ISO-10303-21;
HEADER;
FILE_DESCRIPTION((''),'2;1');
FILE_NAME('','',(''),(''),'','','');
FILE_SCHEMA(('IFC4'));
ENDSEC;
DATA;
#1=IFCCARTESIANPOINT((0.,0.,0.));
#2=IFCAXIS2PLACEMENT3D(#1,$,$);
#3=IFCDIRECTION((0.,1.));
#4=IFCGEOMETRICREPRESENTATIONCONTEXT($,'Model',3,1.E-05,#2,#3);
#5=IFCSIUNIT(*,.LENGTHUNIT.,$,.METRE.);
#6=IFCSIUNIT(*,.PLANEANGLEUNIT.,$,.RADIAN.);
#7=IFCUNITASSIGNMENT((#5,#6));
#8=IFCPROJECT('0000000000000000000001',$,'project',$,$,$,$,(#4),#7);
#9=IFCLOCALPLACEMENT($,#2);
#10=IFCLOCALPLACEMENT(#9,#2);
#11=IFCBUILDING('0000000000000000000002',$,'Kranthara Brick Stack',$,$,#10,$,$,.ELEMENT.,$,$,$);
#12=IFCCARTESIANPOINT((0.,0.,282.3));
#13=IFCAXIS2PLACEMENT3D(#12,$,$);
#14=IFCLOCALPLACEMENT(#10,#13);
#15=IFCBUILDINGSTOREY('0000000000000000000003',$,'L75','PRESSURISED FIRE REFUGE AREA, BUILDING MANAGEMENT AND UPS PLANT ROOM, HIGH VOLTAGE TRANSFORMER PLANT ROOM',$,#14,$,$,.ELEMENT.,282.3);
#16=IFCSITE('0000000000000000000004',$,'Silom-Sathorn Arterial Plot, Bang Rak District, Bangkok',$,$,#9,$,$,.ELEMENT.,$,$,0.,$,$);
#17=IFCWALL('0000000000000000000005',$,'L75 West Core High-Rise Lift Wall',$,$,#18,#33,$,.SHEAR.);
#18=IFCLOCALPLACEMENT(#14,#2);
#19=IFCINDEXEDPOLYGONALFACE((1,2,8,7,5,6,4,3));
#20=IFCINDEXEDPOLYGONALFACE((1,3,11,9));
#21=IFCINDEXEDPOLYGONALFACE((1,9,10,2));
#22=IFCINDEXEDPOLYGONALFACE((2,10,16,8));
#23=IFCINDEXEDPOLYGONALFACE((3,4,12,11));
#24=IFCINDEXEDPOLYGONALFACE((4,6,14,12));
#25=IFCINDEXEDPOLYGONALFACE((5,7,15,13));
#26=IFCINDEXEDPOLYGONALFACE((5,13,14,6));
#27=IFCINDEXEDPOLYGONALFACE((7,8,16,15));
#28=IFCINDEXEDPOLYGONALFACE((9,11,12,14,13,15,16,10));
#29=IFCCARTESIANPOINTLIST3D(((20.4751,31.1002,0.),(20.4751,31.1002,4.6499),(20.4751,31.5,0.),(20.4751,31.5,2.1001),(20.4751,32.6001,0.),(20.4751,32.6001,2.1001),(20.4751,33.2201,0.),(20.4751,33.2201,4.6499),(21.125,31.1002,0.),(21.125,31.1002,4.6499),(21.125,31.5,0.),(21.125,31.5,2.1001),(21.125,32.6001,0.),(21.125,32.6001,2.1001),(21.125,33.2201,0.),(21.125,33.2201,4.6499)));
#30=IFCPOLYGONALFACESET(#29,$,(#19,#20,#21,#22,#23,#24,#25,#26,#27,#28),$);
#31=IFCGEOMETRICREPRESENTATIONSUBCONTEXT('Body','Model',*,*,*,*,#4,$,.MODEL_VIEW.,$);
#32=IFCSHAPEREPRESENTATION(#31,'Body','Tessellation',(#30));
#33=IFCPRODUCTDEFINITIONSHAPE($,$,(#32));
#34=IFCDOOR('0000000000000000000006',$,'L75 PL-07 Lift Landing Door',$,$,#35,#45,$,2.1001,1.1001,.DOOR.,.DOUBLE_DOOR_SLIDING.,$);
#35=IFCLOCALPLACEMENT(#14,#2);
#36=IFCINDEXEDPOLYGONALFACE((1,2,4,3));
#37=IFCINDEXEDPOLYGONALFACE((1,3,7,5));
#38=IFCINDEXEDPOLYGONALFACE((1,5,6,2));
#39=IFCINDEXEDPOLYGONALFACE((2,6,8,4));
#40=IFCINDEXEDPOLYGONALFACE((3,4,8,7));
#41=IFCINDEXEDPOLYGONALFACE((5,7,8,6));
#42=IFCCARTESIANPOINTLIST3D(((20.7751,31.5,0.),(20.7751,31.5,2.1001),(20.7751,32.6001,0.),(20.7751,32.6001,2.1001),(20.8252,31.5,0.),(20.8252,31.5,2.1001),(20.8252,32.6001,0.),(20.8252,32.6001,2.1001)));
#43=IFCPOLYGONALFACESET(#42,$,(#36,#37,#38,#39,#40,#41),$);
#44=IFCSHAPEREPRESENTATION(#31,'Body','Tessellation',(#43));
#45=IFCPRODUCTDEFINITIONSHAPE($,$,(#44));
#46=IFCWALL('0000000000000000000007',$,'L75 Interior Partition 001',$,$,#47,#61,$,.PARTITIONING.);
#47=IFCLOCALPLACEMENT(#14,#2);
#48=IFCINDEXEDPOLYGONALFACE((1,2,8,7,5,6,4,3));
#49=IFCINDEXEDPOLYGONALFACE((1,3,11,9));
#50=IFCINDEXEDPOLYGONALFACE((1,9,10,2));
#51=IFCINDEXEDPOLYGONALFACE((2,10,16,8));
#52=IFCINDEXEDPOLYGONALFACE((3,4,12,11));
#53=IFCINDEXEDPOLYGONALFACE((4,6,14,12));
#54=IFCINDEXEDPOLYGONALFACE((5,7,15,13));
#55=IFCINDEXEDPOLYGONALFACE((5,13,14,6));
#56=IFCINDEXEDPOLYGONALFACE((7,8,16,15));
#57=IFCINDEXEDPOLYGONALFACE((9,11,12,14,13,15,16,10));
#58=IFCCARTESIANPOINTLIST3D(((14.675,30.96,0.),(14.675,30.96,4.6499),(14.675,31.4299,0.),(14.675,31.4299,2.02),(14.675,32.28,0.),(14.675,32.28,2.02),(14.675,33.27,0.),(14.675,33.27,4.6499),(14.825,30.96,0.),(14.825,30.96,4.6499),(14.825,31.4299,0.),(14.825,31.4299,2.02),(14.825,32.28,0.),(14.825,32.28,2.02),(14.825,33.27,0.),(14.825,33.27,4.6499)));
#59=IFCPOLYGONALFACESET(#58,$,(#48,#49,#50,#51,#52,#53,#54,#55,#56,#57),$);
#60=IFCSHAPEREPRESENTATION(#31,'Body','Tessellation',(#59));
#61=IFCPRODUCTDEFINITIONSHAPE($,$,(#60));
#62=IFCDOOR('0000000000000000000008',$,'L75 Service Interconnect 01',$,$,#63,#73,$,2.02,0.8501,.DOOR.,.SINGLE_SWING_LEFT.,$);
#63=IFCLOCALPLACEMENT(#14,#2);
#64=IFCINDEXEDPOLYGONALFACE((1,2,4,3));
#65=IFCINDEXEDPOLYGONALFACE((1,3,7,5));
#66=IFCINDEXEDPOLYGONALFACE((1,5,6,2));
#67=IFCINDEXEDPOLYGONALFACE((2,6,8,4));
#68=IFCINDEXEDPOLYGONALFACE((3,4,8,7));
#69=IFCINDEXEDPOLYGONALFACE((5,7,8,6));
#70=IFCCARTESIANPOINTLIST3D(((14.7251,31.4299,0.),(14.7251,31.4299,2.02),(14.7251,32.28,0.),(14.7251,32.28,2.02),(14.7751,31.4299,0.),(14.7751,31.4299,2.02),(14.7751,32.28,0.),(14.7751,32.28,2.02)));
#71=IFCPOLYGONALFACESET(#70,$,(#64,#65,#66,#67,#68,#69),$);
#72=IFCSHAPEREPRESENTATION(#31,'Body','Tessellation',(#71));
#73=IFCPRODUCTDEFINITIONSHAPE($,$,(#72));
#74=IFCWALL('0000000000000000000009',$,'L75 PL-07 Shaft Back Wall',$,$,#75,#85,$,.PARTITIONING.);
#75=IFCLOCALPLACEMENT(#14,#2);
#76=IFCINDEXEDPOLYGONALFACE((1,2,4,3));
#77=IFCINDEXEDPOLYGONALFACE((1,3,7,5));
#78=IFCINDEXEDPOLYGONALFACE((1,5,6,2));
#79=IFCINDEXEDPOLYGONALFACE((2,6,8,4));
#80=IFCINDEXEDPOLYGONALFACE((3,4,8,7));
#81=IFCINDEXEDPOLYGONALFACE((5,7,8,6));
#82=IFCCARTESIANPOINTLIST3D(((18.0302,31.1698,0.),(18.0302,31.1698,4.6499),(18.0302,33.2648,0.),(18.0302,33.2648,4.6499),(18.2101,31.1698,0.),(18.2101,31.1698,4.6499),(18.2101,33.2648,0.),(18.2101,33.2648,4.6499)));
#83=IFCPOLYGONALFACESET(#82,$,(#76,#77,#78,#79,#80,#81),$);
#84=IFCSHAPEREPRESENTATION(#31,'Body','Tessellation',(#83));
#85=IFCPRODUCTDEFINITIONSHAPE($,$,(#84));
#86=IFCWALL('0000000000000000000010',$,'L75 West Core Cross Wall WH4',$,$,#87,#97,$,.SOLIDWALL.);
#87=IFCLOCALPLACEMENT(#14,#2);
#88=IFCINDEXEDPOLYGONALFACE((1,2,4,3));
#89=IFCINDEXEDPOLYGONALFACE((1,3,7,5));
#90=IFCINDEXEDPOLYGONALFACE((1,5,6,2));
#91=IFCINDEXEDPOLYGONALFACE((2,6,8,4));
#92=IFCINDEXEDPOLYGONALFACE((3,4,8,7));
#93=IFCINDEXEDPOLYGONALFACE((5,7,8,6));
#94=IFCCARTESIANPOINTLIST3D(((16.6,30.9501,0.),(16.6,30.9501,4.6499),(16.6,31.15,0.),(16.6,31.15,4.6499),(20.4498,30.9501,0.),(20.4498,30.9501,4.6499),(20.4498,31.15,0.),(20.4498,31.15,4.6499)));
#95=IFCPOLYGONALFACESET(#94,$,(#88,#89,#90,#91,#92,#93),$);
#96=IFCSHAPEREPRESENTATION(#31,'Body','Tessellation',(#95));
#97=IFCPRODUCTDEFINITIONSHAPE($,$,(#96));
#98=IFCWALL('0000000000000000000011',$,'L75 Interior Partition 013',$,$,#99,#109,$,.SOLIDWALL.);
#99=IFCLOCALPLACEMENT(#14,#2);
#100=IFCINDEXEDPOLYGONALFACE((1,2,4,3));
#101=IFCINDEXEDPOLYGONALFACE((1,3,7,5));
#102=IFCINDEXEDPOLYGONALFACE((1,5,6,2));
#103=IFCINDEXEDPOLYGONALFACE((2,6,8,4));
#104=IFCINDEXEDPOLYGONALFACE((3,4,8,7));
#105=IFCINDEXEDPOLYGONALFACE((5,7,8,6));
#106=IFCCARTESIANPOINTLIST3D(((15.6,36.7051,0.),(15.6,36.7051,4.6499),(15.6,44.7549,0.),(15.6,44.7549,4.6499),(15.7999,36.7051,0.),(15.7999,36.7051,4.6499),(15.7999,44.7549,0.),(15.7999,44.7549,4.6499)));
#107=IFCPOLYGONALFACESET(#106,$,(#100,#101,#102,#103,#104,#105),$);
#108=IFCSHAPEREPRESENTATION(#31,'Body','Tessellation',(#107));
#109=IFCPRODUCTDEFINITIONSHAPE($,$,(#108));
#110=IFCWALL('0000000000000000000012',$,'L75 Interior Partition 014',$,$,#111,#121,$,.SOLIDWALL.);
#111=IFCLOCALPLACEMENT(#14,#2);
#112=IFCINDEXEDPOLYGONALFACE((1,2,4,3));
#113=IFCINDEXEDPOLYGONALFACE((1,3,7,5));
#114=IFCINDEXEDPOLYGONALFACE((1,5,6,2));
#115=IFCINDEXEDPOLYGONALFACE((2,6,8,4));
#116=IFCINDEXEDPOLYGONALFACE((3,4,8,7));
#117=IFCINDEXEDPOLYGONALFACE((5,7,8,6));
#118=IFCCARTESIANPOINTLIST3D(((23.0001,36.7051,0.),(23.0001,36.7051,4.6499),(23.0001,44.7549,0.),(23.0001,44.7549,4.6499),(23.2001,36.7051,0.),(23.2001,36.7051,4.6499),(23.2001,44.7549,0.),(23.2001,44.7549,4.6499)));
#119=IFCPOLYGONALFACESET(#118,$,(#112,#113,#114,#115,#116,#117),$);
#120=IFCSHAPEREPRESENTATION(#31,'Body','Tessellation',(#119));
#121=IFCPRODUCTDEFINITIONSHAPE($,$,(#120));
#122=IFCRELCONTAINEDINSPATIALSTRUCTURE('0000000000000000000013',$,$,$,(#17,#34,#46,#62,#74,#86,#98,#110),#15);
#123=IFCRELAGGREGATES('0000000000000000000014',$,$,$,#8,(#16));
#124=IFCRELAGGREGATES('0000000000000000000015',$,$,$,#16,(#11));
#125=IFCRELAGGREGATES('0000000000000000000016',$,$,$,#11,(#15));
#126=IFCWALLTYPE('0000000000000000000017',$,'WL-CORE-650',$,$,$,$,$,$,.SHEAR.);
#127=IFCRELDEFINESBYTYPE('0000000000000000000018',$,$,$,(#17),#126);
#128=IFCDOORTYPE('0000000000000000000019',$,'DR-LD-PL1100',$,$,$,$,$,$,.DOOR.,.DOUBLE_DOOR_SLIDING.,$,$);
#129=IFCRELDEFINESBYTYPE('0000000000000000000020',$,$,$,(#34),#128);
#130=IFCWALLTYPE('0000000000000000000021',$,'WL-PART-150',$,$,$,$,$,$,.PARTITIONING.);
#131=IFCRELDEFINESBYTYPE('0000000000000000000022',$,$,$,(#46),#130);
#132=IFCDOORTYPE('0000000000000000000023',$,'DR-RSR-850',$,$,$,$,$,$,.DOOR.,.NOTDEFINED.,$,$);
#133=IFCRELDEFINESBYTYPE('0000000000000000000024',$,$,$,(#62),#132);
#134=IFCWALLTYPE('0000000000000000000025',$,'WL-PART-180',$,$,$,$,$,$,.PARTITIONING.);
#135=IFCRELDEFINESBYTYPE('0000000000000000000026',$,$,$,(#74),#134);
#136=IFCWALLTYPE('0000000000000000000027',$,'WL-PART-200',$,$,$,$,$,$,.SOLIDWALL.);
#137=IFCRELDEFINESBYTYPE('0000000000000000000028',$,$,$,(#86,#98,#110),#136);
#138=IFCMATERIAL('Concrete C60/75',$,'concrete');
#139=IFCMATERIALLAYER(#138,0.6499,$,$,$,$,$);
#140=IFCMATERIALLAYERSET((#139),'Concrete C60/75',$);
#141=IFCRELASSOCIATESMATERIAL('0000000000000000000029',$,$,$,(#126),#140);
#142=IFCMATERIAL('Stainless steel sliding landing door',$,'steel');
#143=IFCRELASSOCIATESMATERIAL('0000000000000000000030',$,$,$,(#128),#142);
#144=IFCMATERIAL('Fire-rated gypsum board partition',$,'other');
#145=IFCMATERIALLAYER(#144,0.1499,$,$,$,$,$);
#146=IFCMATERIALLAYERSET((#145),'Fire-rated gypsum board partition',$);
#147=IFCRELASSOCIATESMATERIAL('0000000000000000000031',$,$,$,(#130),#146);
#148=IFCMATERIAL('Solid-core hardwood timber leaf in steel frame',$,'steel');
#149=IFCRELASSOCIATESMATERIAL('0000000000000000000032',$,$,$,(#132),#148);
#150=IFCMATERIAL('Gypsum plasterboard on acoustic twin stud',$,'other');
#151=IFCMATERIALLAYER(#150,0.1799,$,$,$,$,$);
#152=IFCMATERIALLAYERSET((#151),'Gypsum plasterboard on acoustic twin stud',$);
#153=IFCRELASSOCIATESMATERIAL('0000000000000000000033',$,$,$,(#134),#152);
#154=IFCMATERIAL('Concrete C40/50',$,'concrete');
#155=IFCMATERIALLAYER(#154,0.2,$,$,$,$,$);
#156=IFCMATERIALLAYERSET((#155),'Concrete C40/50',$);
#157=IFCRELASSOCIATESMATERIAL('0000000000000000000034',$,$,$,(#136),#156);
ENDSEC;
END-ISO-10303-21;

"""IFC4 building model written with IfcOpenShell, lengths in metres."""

from ifc_helpers import new_model, si_unit, direction, frame, frame_2d, origin, place, context, subcontext, project, spatial, rectangle, extrude, material, layer, layer_set, type_object, element, fill, save


model = new_model("IFC4")

# Units and contexts
model_context = context("Model", 3, precision=1e-05, world=origin(), true_north=direction((0.0, 1.0)))
body_context = subcontext(model_context, "Body", "Model", "MODEL_VIEW")
ifc_project = project(units=[si_unit("LENGTHUNIT", "METRE"), si_unit("PLANEANGLEUNIT", "RADIAN")], contexts=[model_context])

# Site, building, storey
site_placement = place(None, origin())
site = spatial("IfcSite", under=ifc_project, at=site_placement, Name="Silom-Sathorn Arterial Plot, Bang Rak District, Bangkok", CompositionType="ELEMENT", RefElevation=0.0)
building_placement = place(site_placement, origin())
building = spatial("IfcBuilding", under=site, at=building_placement, Name="Kranthara Brick Stack", CompositionType="ELEMENT")
storey_placement = place(building_placement, frame((0.0, 0.0, 282.3)))
storey = spatial("IfcBuildingStorey", under=building, at=storey_placement, Name="L75", Description="PRESSURISED FIRE REFUGE AREA, BUILDING MANAGEMENT AND UPS PLANT ROOM, HIGH VOLTAGE TRANSFORMER PLANT ROOM", CompositionType="ELEMENT", Elevation=282.3)

# Walls, openings, doors
ifc_material_1 = material(Name="Concrete C60/75", Category="concrete")
ifc_layer_1 = layer(ifc_material_1, 0.6499)
ifc_layer_set_1 = layer_set([ifc_layer_1], Name="Concrete C60/75")
wall_type_1 = type_object("IfcWallType", Name="WL-CORE-650", PredefinedType="SHEAR", material=ifc_layer_set_1)
wall_1_placement = place(storey_placement, frame((20.8, 31.1001, 0.0), z_axis=(0.0, 0.0, 1.0), x_axis=(0.0, 1.0, 0.0)))
wall_1 = element("IfcWall", 1, at=wall_1_placement, inside=storey, type_object=wall_type_1, Name="L75 West Core High-Rise Lift Wall", PredefinedType="SHEAR", context=body_context, shape_type="SweptSolid", body=[
    extrude(rectangle(XDim=2.1199, YDim=0.6499, at=frame_2d((1.0601, 0.0))), origin(), (0.0, 0.0, 1.0), 4.6499),
])
opening_1_placement = place(wall_1_placement, frame((0.3999, 0.0, 0.0)))
opening_1 = element("IfcOpeningElement", 2, at=opening_1_placement, cuts=wall_1, PredefinedType="OPENING", context=body_context, shape_type="SweptSolid", body=[
    extrude(rectangle(XDim=1.1001, YDim=2.1001, at=frame_2d((0.55, 1.05))), frame((0.0, 0.335, 0.0), z_axis=(0.0, -1.0, 0.0), x_axis=(1.0, 0.0, 0.0)), (0.0, 0.0, 1.0), 0.6699),
])
ifc_material_2 = material(Name="Stainless steel sliding landing door", Category="steel")
door_type_1 = type_object("IfcDoorType", Name="DR-LD-PL1100", OperationType="DOUBLE_DOOR_SLIDING", PredefinedType="DOOR", material=ifc_material_2)
door_1_placement = place(opening_1_placement, origin())
door_1 = element("IfcDoor", 3, at=door_1_placement, inside=storey, type_object=door_type_1, Name="L75 PL-07 Lift Landing Door", OperationType="DOUBLE_DOOR_SLIDING", OverallHeight=2.1001, OverallWidth=1.1001, PredefinedType="DOOR", context=body_context, shape_type="SweptSolid", body=[
    extrude(rectangle(XDim=1.1001, YDim=2.1001, at=frame_2d((0.55, 1.05))), frame((0.0, 0.0249, 0.0), z_axis=(0.0, -1.0, 0.0), x_axis=(1.0, 0.0, 0.0)), (0.0, 0.0, 1.0), 0.05),
])
fill(opening_1, door_1)
ifc_material_3 = material(Name="Fire-rated gypsum board partition", Category="other")
ifc_layer_2 = layer(ifc_material_3, 0.1499)
ifc_layer_set_2 = layer_set([ifc_layer_2], Name="Fire-rated gypsum board partition")
wall_type_2 = type_object("IfcWallType", Name="WL-PART-150", PredefinedType="PARTITIONING", material=ifc_layer_set_2)
wall_2_placement = place(storey_placement, frame((14.75, 30.96, 0.0), z_axis=(0.0, 0.0, 1.0), x_axis=(0.0, 1.0, 0.0)))
wall_2 = element("IfcWall", 4, at=wall_2_placement, inside=storey, type_object=wall_type_2, Name="L75 Interior Partition 001", PredefinedType="PARTITIONING", context=body_context, shape_type="SweptSolid", body=[
    extrude(rectangle(XDim=2.3101, YDim=0.1499, at=frame_2d((1.155, 0.0))), origin(), (0.0, 0.0, 1.0), 4.6499),
])
opening_2_placement = place(wall_2_placement, frame((0.47, 0.0, 0.0)))
opening_2 = element("IfcOpeningElement", 5, at=opening_2_placement, cuts=wall_2, PredefinedType="OPENING", context=body_context, shape_type="SweptSolid", body=[
    extrude(rectangle(XDim=0.8501, YDim=2.02, at=frame_2d((0.425, 1.01))), frame((0.0, 0.085, 0.0), z_axis=(0.0, -1.0, 0.0), x_axis=(1.0, 0.0, 0.0)), (0.0, 0.0, 1.0), 0.1699),
])
ifc_material_4 = material(Name="Solid-core hardwood timber leaf in steel frame", Category="steel")
door_type_2 = type_object("IfcDoorType", Name="DR-RSR-850", OperationType="NOTDEFINED", PredefinedType="DOOR", material=ifc_material_4)
door_2_placement = place(opening_2_placement, origin())
door_2 = element("IfcDoor", 6, at=door_2_placement, inside=storey, type_object=door_type_2, Name="L75 Service Interconnect 01", OperationType="SINGLE_SWING_LEFT", OverallHeight=2.02, OverallWidth=0.8501, PredefinedType="DOOR", context=body_context, shape_type="SweptSolid", body=[
    extrude(rectangle(XDim=0.8501, YDim=2.02, at=frame_2d((0.425, 1.01))), frame((0.0, 0.0249, 0.0), z_axis=(0.0, -1.0, 0.0), x_axis=(1.0, 0.0, 0.0)), (0.0, 0.0, 1.0), 0.05),
])
fill(opening_2, door_2)

# Walls
ifc_material_5 = material(Name="Gypsum plasterboard on acoustic twin stud", Category="other")
ifc_layer_3 = layer(ifc_material_5, 0.1799)
ifc_layer_set_3 = layer_set([ifc_layer_3], Name="Gypsum plasterboard on acoustic twin stud")
wall_type_3 = type_object("IfcWallType", Name="WL-PART-180", PredefinedType="PARTITIONING", material=ifc_layer_set_3)
wall_3_placement = place(storey_placement, frame((18.1201, 31.1699, 0.0), z_axis=(0.0, 0.0, 1.0), x_axis=(0.0, 1.0, 0.0)))
element("IfcWall", 7, at=wall_3_placement, inside=storey, type_object=wall_type_3, Name="L75 PL-07 Shaft Back Wall", PredefinedType="PARTITIONING", context=body_context, shape_type="SweptSolid", body=[
    extrude(rectangle(XDim=2.095, YDim=0.1799, at=frame_2d((1.0474, 0.0))), origin(), (0.0, 0.0, 1.0), 4.6499),
])
ifc_material_6 = material(Name="Concrete C40/50", Category="concrete")
ifc_layer_4 = layer(ifc_material_6, 0.2)
ifc_layer_set_4 = layer_set([ifc_layer_4], Name="Concrete C40/50")
wall_type_4 = type_object("IfcWallType", Name="WL-PART-200", PredefinedType="SOLIDWALL", material=ifc_layer_set_4)
wall_4_placement = place(storey_placement, frame((16.6001, 31.05, 0.0), z_axis=(0.0, 0.0, 1.0), x_axis=(1.0, 0.0, 0.0)))
element("IfcWall", 8, at=wall_4_placement, inside=storey, type_object=wall_type_4, Name="L75 West Core Cross Wall WH4", PredefinedType="SOLIDWALL", context=body_context, shape_type="SweptSolid", body=[
    extrude(rectangle(XDim=3.8499, YDim=0.2, at=frame_2d((1.9248, 0.0))), origin(), (0.0, 0.0, 1.0), 4.6499),
])

# Walls
for number, where, z_axis, x_axis, name in (
    (9, (15.7, 36.7051, 0.0), (0.0, 0.0, 1.0), (0.0, 1.0, 0.0), "L75 Interior Partition 013"),
    (10, (23.1001, 36.7051, 0.0), (0.0, 0.0, 1.0), (0.0, 1.0, 0.0), "L75 Interior Partition 014"),
):
    element("IfcWall", number, at=place(storey_placement, frame(where, z_axis=z_axis, x_axis=x_axis)), inside=storey, type_object=wall_type_4, Name=name, PredefinedType="SOLIDWALL", context=body_context, shape_type="SweptSolid", body=[
        extrude(rectangle(XDim=8.0498, YDim=0.2, at=frame_2d((4.0249, 0.0))), origin(), (0.0, 0.0, 1.0), 4.6499),
    ])

save(model, "model.ifc")
